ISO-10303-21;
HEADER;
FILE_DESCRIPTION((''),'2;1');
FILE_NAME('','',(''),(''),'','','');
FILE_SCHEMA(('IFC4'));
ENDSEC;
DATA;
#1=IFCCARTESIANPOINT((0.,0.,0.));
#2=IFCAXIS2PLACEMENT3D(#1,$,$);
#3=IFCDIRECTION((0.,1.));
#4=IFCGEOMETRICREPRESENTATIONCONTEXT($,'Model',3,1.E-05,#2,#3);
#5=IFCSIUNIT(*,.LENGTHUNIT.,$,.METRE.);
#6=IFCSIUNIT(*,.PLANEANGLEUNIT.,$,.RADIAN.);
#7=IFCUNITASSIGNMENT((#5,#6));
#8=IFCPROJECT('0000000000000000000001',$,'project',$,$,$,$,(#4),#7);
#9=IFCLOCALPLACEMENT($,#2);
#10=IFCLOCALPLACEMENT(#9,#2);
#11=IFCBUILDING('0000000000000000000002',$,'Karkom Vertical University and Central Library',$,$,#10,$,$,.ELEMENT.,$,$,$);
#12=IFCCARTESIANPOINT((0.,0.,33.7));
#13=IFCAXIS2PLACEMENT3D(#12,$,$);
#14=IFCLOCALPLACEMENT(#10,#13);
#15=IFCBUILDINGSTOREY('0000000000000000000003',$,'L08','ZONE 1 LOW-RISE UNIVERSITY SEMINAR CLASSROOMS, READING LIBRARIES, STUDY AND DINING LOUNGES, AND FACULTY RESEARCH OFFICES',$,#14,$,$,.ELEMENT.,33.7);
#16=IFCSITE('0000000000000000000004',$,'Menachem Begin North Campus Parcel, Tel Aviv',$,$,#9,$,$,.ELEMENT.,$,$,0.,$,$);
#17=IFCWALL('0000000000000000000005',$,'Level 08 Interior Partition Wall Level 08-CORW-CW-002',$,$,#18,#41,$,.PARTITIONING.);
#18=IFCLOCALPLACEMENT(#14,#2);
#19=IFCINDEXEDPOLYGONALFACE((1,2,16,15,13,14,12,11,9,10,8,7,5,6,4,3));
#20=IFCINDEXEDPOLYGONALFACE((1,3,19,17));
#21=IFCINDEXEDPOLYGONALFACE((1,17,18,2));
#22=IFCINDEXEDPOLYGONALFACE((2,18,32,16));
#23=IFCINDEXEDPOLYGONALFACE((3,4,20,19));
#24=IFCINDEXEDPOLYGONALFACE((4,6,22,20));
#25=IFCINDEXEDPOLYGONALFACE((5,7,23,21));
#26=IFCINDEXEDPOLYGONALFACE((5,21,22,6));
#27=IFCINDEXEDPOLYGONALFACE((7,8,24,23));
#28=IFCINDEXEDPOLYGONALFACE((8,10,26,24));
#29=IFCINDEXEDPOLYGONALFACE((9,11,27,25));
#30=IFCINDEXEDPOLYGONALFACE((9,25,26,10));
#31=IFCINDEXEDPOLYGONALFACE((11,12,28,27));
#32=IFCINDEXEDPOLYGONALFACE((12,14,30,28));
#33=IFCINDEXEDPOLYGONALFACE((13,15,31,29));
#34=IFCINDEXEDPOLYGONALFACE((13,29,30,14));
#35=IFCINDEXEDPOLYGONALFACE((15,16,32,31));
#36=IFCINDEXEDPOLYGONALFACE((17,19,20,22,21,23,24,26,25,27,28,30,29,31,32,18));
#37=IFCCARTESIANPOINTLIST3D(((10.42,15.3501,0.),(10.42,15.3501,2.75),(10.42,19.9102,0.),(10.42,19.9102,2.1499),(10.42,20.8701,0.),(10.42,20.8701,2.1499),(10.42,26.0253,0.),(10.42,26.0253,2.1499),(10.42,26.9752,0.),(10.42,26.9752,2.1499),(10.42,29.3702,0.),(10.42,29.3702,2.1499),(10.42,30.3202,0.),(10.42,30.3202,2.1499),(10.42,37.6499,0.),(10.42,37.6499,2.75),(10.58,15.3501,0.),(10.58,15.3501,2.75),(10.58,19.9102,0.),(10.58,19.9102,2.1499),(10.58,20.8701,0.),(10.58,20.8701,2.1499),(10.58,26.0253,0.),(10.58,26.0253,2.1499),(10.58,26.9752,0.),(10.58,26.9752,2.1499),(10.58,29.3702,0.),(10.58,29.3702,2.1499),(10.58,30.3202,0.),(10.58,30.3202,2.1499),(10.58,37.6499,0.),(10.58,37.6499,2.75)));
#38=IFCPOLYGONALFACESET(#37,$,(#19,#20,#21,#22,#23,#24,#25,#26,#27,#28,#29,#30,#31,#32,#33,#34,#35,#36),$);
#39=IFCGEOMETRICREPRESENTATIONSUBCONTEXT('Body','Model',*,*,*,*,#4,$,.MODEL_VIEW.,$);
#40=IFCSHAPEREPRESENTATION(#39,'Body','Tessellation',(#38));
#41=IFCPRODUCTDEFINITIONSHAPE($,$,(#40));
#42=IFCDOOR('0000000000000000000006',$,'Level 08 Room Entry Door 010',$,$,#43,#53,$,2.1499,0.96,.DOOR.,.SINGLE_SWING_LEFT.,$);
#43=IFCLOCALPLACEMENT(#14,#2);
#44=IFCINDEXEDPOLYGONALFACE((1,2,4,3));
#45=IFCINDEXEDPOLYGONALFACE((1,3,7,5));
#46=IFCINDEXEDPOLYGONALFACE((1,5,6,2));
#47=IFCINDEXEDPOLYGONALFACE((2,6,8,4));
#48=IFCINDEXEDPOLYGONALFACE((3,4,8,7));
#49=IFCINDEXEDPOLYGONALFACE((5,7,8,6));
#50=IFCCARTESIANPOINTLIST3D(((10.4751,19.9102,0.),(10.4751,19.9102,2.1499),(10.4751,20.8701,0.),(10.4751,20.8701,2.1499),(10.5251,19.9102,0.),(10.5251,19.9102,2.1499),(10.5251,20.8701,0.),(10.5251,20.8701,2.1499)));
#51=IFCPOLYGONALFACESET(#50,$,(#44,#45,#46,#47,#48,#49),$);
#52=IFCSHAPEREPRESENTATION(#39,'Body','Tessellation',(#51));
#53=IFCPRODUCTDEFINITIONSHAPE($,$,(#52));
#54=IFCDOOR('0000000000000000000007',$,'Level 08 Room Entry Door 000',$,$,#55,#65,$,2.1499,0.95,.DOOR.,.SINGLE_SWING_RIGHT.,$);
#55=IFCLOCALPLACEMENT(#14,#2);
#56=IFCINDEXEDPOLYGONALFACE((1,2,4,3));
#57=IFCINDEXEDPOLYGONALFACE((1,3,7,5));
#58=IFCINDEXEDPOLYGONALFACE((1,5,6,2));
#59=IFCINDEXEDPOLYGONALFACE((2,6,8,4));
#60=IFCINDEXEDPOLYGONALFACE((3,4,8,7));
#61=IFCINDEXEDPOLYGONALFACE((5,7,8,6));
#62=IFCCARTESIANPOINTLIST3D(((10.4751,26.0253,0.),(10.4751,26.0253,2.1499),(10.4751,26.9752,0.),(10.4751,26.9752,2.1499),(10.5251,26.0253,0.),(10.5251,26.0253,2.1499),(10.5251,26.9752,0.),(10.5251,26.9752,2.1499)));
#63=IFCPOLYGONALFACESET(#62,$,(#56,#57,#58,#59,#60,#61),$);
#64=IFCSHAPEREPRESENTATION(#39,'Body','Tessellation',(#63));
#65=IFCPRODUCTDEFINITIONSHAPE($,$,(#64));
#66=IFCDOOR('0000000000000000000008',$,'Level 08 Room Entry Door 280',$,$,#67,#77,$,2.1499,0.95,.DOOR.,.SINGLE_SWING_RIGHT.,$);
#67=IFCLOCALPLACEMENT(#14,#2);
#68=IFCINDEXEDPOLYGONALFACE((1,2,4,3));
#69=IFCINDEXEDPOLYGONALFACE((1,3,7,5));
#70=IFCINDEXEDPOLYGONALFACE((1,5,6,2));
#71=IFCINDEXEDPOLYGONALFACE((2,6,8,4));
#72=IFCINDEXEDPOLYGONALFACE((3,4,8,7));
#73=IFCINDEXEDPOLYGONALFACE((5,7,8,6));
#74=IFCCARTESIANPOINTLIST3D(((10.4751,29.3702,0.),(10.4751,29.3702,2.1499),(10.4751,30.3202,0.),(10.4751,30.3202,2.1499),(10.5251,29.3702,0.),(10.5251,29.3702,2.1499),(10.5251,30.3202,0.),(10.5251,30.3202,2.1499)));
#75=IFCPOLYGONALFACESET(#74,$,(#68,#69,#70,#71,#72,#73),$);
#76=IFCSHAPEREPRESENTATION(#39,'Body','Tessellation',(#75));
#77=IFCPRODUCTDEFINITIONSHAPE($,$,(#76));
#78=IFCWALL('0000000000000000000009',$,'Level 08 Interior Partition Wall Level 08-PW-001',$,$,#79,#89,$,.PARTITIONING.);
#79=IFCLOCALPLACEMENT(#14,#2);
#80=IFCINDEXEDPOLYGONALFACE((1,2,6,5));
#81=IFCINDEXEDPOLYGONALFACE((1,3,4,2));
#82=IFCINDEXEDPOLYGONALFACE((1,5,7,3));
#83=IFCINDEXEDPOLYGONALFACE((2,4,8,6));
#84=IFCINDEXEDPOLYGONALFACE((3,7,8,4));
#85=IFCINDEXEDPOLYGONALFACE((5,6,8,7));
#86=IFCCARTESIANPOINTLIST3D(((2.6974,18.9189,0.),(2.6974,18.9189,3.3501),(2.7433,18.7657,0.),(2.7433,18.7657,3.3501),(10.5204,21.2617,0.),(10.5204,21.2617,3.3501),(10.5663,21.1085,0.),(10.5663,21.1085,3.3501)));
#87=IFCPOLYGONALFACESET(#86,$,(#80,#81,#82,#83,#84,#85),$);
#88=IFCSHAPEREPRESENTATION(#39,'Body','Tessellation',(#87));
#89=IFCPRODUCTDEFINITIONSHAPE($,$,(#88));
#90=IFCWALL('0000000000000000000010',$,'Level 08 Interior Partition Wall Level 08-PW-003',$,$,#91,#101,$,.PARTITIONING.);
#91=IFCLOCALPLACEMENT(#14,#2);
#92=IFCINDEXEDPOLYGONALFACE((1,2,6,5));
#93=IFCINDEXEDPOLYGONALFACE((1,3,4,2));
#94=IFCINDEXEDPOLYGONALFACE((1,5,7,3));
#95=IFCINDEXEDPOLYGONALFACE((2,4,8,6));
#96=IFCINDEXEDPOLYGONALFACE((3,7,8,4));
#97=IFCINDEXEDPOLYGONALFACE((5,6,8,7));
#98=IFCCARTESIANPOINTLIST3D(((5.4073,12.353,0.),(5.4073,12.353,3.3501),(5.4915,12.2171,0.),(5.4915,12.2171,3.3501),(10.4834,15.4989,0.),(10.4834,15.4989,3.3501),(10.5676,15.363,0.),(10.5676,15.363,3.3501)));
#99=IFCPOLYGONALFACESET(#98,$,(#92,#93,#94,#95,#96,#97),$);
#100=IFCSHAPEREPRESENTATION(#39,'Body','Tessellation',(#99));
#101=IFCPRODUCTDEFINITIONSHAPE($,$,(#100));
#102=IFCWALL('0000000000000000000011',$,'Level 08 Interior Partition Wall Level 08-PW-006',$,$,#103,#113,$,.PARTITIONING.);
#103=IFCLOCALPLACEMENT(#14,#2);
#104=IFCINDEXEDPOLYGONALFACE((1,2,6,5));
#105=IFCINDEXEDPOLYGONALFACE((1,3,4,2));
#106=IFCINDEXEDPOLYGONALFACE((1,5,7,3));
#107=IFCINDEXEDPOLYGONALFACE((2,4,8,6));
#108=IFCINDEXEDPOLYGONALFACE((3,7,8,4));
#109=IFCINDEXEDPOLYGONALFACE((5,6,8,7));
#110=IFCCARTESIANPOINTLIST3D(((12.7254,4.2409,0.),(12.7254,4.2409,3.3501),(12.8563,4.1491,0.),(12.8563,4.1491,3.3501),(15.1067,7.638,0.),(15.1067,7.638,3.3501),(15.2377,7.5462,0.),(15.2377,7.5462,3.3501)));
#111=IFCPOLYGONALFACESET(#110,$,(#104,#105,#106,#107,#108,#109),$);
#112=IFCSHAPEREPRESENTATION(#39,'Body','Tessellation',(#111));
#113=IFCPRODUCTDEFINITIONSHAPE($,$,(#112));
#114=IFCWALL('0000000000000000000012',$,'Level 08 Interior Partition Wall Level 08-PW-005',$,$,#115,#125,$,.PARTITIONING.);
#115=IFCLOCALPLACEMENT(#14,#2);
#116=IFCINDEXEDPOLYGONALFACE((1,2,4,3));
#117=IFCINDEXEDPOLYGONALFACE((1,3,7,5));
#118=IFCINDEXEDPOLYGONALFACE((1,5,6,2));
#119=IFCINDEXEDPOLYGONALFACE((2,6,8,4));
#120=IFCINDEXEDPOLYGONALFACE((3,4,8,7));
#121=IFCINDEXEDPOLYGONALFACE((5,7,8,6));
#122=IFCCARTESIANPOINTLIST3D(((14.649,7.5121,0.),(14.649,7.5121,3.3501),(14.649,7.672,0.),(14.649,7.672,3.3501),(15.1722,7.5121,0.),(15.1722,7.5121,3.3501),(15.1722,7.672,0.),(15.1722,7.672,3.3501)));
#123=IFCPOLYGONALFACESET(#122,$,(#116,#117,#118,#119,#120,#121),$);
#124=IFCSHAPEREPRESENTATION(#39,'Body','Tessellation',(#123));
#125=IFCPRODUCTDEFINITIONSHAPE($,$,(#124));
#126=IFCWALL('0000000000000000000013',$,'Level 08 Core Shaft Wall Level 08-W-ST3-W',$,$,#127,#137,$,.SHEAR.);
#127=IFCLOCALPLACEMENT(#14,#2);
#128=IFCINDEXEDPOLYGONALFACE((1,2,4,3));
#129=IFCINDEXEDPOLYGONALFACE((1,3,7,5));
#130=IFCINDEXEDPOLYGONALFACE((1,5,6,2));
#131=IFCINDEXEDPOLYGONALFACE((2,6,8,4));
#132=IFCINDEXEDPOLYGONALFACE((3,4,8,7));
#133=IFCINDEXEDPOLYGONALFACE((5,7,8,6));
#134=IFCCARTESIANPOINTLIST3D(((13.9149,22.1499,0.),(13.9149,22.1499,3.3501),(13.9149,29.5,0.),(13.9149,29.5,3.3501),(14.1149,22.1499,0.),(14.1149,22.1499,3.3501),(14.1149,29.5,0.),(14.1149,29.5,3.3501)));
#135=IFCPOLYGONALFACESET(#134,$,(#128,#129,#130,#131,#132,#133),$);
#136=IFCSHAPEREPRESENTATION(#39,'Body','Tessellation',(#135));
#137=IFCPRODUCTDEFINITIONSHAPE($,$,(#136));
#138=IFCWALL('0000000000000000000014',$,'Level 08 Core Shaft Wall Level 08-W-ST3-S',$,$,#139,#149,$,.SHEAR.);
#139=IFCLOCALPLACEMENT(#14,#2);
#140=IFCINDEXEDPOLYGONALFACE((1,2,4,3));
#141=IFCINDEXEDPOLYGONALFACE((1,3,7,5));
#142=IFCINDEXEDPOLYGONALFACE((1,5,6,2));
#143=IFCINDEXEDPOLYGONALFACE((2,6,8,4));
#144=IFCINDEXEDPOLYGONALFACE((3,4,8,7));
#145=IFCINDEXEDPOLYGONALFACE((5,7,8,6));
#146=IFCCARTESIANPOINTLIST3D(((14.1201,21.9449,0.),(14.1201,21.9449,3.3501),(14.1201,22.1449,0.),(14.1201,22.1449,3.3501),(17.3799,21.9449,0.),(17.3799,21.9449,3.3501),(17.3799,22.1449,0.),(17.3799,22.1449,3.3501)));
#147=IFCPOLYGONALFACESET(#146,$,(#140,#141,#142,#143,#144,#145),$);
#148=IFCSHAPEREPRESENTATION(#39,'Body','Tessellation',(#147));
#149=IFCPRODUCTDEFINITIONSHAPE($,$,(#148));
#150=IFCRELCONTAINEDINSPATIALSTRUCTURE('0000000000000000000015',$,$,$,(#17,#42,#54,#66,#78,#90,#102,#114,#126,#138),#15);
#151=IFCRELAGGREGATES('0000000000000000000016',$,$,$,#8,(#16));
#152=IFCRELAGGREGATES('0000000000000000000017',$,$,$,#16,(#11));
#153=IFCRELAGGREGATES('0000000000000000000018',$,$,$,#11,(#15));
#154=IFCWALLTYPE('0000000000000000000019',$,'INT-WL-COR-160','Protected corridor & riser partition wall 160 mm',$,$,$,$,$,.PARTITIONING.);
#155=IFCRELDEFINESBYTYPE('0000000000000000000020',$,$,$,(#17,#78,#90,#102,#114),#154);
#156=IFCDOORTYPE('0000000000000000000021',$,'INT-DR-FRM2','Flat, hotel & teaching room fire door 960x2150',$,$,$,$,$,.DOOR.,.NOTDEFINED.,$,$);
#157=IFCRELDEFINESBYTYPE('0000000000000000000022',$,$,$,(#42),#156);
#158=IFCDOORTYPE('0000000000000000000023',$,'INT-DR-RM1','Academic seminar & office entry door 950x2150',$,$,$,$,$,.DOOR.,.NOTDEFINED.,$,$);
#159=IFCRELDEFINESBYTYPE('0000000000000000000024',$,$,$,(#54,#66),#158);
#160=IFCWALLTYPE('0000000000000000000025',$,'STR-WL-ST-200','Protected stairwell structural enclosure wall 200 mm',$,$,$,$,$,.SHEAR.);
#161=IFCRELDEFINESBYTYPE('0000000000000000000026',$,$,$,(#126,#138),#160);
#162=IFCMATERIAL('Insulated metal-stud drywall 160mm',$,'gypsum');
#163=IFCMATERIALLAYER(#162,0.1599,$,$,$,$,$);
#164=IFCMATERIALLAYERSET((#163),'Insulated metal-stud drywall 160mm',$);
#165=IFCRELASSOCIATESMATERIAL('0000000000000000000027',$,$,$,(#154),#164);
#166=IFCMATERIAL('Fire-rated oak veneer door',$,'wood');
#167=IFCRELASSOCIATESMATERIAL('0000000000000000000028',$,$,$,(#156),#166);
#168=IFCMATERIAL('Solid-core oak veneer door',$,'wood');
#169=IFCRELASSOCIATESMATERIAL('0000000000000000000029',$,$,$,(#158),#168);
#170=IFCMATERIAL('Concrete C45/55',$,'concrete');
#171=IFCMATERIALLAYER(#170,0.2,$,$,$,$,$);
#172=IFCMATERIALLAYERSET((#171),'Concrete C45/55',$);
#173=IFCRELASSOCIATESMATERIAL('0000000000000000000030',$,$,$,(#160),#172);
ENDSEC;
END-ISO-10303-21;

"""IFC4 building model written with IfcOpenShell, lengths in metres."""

from ifc_helpers import new_model, si_unit, direction, frame, frame_2d, origin, origin_with_axes, place, context, subcontext, project, spatial, rectangle, extrude, source, transform, mapped, material, layer, layer_set, type_object, element, fill, save


model = new_model("IFC4")

# Units and contexts
model_context = context("Model", 3, precision=1e-05, world=origin(), true_north=direction((0.0, 1.0)))
body_context = subcontext(model_context, "Body", "Model", "MODEL_VIEW")
ifc_project = project(units=[si_unit("LENGTHUNIT", "METRE"), si_unit("PLANEANGLEUNIT", "RADIAN")], contexts=[model_context])

# Site, building, storey
site_placement = place(None, origin())
site = spatial("IfcSite", under=ifc_project, at=site_placement, Name="Menachem Begin North Campus Parcel, Tel Aviv", CompositionType="ELEMENT", RefElevation=0.0)
building_placement = place(site_placement, origin())
building = spatial("IfcBuilding", under=site, at=building_placement, Name="Karkom Vertical University and Central Library", CompositionType="ELEMENT")
storey_placement = place(building_placement, frame((0.0, 0.0, 33.7)))
storey = spatial("IfcBuildingStorey", under=building, at=storey_placement, Name="L08", Description="ZONE 1 LOW-RISE UNIVERSITY SEMINAR CLASSROOMS, READING LIBRARIES, STUDY AND DINING LOUNGES, AND FACULTY RESEARCH OFFICES", CompositionType="ELEMENT", Elevation=33.7)

# Shared definitions
ifc_material_1 = material(Name="Concrete C45/55", Category="concrete")

# Wall, openings, doors
ifc_material_2 = material(Name="Insulated metal-stud drywall 160mm", Category="gypsum")
ifc_layer_1 = layer(ifc_material_2, 0.1599)
ifc_layer_set_1 = layer_set([ifc_layer_1], Name="Insulated metal-stud drywall 160mm")
wall_type_1 = type_object("IfcWallType", Name="INT-WL-COR-160", Description="Protected corridor & riser partition wall 160 mm", PredefinedType="PARTITIONING", material=ifc_layer_set_1)
wall_1_placement = place(storey_placement, frame((10.5, 15.3501, 0.0), z_axis=(0.0, 0.0, 1.0), x_axis=(0.0, 1.0, 0.0)))
wall_1 = element("IfcWall", 1, at=wall_1_placement, inside=storey, type_object=wall_type_1, Name="Level 08 Interior Partition Wall Level 08-CORW-CW-002", PredefinedType="PARTITIONING", context=body_context, shape_type="SweptSolid", body=[
    extrude(rectangle(XDim=22.2998, YDim=0.1599, at=frame_2d((11.1499, 0.0))), origin(), (0.0, 0.0, 1.0), 2.75),
])
opening_1_placement = place(wall_1_placement, frame((10.675, 0.0, 0.0)))
opening_1 = element("IfcOpeningElement", 2, at=opening_1_placement, cuts=wall_1, PredefinedType="OPENING", context=body_context, shape_type="SweptSolid", body=[
    extrude(rectangle(XDim=0.95, YDim=2.1499, at=frame_2d((0.4751, 1.075))), frame((0.0, 0.0898, 0.0), z_axis=(0.0, -1.0, 0.0), x_axis=(1.0, 0.0, 0.0)), (0.0, 0.0, 1.0), 0.1799),
])
opening_2_placement = place(wall_1_placement, frame((4.5601, 0.0, 0.0)))
opening_2 = element("IfcOpeningElement", 3, at=opening_2_placement, cuts=wall_1, PredefinedType="OPENING", context=body_context, shape_type="SweptSolid", body=[
    extrude(rectangle(XDim=0.96, YDim=2.1499, at=frame_2d((0.48, 1.075))), frame((0.0, 0.0898, 0.0), z_axis=(0.0, -1.0, 0.0), x_axis=(1.0, 0.0, 0.0)), (0.0, 0.0, 1.0), 0.1799),
])
opening_3_placement = place(wall_1_placement, frame((14.02, 0.0, 0.0)))
opening_3 = element("IfcOpeningElement", 4, at=opening_3_placement, cuts=wall_1, PredefinedType="OPENING", context=body_context, shape_type="SweptSolid", body=[
    extrude(rectangle(XDim=0.95, YDim=2.1499, at=frame_2d((0.4751, 1.075))), frame((0.0, 0.0898, 0.0), z_axis=(0.0, -1.0, 0.0), x_axis=(1.0, 0.0, 0.0)), (0.0, 0.0, 1.0), 0.1799),
])
ifc_material_3 = material(Name="Fire-rated oak veneer door", Category="wood")
door_type_1 = type_object("IfcDoorType", Name="INT-DR-FRM2", Description="Flat, hotel & teaching room fire door 960x2150", OperationType="NOTDEFINED", PredefinedType="DOOR", material=ifc_material_3)
shared_shape_1 = source(origin_with_axes(), body_context, "Body", "SweptSolid", [
    extrude(rectangle(XDim=0.96, YDim=2.1499, at=frame_2d((0.48, 1.075))), frame((0.0, 0.0249, 0.0), z_axis=(0.0, -1.0, 0.0), x_axis=(1.0, 0.0, 0.0)), (0.0, 0.0, 1.0), 0.05),
])
door_1_placement = place(opening_2_placement, origin())
door_1 = element("IfcDoor", 5, at=door_1_placement, inside=storey, type_object=door_type_1, Name="Level 08 Room Entry Door 010", OperationType="SINGLE_SWING_LEFT", OverallHeight=2.1499, OverallWidth=0.96, PredefinedType="DOOR", context=body_context, shape_type="MappedRepresentation", body=[
    mapped(shared_shape_1, transform((0.0, 0.0, 0.0), scale=1.0)),
])
fill(opening_2, door_1)
ifc_material_4 = material(Name="Solid-core oak veneer door", Category="wood")
door_type_2 = type_object("IfcDoorType", Name="INT-DR-RM1", Description="Academic seminar & office entry door 950x2150", OperationType="NOTDEFINED", PredefinedType="DOOR", material=ifc_material_4)
shared_shape_2 = source(origin_with_axes(), body_context, "Body", "SweptSolid", [
    extrude(rectangle(XDim=0.95, YDim=2.1499, at=frame_2d((0.4751, 1.075))), frame((0.0, 0.0249, 0.0), z_axis=(0.0, -1.0, 0.0), x_axis=(1.0, 0.0, 0.0)), (0.0, 0.0, 1.0), 0.05),
])
door_2_placement = place(opening_1_placement, origin())
door_2 = element("IfcDoor", 6, at=door_2_placement, inside=storey, type_object=door_type_2, Name="Level 08 Room Entry Door 000", OperationType="SINGLE_SWING_RIGHT", OverallHeight=2.1499, OverallWidth=0.95, PredefinedType="DOOR", context=body_context, shape_type="MappedRepresentation", body=[
    mapped(shared_shape_2, transform((0.0, 0.0, 0.0), scale=1.0)),
])
fill(opening_1, door_2)
door_3_placement = place(opening_3_placement, origin())
door_3 = element("IfcDoor", 7, at=door_3_placement, inside=storey, type_object=door_type_2, Name="Level 08 Room Entry Door 280", OperationType="SINGLE_SWING_RIGHT", OverallHeight=2.1499, OverallWidth=0.95, PredefinedType="DOOR", context=body_context, shape_type="MappedRepresentation", body=[
    mapped(shared_shape_2, transform((0.0, 0.0, 0.0), scale=1.0)),
])
fill(opening_3, door_3)

# Walls
wall_2_placement = place(storey_placement, frame((10.5432, 21.1851, 0.0), z_axis=(0.0, 0.0, 1.0), x_axis=(-0.957965, -0.286884, 0.0)))
element("IfcWall", 8, at=wall_2_placement, inside=storey, type_object=wall_type_1, Name="Level 08 Interior Partition Wall Level 08-PW-001", PredefinedType="PARTITIONING", context=body_context, shape_type="SweptSolid", body=[
    extrude(rectangle(XDim=8.1663, YDim=0.1599, at=frame_2d((4.083, 0.0))), origin(), (0.0, 0.0, 1.0), 3.3501),
])
wall_3_placement = place(storey_placement, frame((10.5254, 15.4309, 0.0), z_axis=(0.0, 0.0, 1.0), x_axis=(-0.849995, -0.526791, 0.0)))
element("IfcWall", 9, at=wall_3_placement, inside=storey, type_object=wall_type_1, Name="Level 08 Interior Partition Wall Level 08-PW-003", PredefinedType="PARTITIONING", context=body_context, shape_type="SweptSolid", body=[
    extrude(rectangle(XDim=5.9719, YDim=0.1599, at=frame_2d((2.9858, 0.0))), origin(), (0.0, 0.0, 1.0), 3.3501),
])
wall_4_placement = place(storey_placement, frame((15.1721, 7.592, 0.0), z_axis=(0.0, 0.0, 1.0), x_axis=(-0.573995, -0.818859, 0.0)))
element("IfcWall", 10, at=wall_4_placement, inside=storey, type_object=wall_type_1, Name="Level 08 Interior Partition Wall Level 08-PW-006", PredefinedType="PARTITIONING", context=body_context, shape_type="SweptSolid", body=[
    extrude(rectangle(XDim=4.1487, YDim=0.1599, at=frame_2d((2.0742, 0.0))), origin(), (0.0, 0.0, 1.0), 3.3501),
])
wall_5_placement = place(storey_placement, frame((14.6489, 7.592, 0.0), z_axis=(0.0, 0.0, 1.0), x_axis=(1.0, 0.0, 0.0)))
element("IfcWall", 11, at=wall_5_placement, inside=storey, type_object=wall_type_1, Name="Level 08 Interior Partition Wall Level 08-PW-005", PredefinedType="PARTITIONING", context=body_context, shape_type="SweptSolid", body=[
    extrude(rectangle(XDim=0.5232, YDim=0.1599, at=frame_2d((0.2617, 0.0))), origin(), (0.0, 0.0, 1.0), 3.3501),
])
ifc_layer_2 = layer(ifc_material_1, 0.2)
ifc_layer_set_2 = layer_set([ifc_layer_2], Name="Concrete C45/55")
wall_type_2 = type_object("IfcWallType", Name="STR-WL-ST-200", Description="Protected stairwell structural enclosure wall 200 mm", PredefinedType="SHEAR", material=ifc_layer_set_2)
wall_6_placement = place(storey_placement, frame((14.0149, 22.1499, 0.0), z_axis=(0.0, 0.0, 1.0), x_axis=(0.0, 1.0, 0.0)))
element("IfcWall", 12, at=wall_6_placement, inside=storey, type_object=wall_type_2, Name="Level 08 Core Shaft Wall Level 08-W-ST3-W", PredefinedType="SHEAR", context=body_context, shape_type="SweptSolid", body=[
    extrude(rectangle(XDim=7.3501, YDim=0.2, at=frame_2d((3.675, 0.0))), origin(), (0.0, 0.0, 1.0), 3.3501),
])
wall_7_placement = place(storey_placement, frame((14.1201, 22.0449, 0.0), z_axis=(0.0, 0.0, 1.0), x_axis=(1.0, 0.0, 0.0)))
element("IfcWall", 13, at=wall_7_placement, inside=storey, type_object=wall_type_2, Name="Level 08 Core Shaft Wall Level 08-W-ST3-S", PredefinedType="SHEAR", context=body_context, shape_type="SweptSolid", body=[
    extrude(rectangle(XDim=3.2598, YDim=0.2, at=frame_2d((1.6299, 0.0))), origin(), (0.0, 0.0, 1.0), 3.3501),
])

save(model, "model.ifc")
